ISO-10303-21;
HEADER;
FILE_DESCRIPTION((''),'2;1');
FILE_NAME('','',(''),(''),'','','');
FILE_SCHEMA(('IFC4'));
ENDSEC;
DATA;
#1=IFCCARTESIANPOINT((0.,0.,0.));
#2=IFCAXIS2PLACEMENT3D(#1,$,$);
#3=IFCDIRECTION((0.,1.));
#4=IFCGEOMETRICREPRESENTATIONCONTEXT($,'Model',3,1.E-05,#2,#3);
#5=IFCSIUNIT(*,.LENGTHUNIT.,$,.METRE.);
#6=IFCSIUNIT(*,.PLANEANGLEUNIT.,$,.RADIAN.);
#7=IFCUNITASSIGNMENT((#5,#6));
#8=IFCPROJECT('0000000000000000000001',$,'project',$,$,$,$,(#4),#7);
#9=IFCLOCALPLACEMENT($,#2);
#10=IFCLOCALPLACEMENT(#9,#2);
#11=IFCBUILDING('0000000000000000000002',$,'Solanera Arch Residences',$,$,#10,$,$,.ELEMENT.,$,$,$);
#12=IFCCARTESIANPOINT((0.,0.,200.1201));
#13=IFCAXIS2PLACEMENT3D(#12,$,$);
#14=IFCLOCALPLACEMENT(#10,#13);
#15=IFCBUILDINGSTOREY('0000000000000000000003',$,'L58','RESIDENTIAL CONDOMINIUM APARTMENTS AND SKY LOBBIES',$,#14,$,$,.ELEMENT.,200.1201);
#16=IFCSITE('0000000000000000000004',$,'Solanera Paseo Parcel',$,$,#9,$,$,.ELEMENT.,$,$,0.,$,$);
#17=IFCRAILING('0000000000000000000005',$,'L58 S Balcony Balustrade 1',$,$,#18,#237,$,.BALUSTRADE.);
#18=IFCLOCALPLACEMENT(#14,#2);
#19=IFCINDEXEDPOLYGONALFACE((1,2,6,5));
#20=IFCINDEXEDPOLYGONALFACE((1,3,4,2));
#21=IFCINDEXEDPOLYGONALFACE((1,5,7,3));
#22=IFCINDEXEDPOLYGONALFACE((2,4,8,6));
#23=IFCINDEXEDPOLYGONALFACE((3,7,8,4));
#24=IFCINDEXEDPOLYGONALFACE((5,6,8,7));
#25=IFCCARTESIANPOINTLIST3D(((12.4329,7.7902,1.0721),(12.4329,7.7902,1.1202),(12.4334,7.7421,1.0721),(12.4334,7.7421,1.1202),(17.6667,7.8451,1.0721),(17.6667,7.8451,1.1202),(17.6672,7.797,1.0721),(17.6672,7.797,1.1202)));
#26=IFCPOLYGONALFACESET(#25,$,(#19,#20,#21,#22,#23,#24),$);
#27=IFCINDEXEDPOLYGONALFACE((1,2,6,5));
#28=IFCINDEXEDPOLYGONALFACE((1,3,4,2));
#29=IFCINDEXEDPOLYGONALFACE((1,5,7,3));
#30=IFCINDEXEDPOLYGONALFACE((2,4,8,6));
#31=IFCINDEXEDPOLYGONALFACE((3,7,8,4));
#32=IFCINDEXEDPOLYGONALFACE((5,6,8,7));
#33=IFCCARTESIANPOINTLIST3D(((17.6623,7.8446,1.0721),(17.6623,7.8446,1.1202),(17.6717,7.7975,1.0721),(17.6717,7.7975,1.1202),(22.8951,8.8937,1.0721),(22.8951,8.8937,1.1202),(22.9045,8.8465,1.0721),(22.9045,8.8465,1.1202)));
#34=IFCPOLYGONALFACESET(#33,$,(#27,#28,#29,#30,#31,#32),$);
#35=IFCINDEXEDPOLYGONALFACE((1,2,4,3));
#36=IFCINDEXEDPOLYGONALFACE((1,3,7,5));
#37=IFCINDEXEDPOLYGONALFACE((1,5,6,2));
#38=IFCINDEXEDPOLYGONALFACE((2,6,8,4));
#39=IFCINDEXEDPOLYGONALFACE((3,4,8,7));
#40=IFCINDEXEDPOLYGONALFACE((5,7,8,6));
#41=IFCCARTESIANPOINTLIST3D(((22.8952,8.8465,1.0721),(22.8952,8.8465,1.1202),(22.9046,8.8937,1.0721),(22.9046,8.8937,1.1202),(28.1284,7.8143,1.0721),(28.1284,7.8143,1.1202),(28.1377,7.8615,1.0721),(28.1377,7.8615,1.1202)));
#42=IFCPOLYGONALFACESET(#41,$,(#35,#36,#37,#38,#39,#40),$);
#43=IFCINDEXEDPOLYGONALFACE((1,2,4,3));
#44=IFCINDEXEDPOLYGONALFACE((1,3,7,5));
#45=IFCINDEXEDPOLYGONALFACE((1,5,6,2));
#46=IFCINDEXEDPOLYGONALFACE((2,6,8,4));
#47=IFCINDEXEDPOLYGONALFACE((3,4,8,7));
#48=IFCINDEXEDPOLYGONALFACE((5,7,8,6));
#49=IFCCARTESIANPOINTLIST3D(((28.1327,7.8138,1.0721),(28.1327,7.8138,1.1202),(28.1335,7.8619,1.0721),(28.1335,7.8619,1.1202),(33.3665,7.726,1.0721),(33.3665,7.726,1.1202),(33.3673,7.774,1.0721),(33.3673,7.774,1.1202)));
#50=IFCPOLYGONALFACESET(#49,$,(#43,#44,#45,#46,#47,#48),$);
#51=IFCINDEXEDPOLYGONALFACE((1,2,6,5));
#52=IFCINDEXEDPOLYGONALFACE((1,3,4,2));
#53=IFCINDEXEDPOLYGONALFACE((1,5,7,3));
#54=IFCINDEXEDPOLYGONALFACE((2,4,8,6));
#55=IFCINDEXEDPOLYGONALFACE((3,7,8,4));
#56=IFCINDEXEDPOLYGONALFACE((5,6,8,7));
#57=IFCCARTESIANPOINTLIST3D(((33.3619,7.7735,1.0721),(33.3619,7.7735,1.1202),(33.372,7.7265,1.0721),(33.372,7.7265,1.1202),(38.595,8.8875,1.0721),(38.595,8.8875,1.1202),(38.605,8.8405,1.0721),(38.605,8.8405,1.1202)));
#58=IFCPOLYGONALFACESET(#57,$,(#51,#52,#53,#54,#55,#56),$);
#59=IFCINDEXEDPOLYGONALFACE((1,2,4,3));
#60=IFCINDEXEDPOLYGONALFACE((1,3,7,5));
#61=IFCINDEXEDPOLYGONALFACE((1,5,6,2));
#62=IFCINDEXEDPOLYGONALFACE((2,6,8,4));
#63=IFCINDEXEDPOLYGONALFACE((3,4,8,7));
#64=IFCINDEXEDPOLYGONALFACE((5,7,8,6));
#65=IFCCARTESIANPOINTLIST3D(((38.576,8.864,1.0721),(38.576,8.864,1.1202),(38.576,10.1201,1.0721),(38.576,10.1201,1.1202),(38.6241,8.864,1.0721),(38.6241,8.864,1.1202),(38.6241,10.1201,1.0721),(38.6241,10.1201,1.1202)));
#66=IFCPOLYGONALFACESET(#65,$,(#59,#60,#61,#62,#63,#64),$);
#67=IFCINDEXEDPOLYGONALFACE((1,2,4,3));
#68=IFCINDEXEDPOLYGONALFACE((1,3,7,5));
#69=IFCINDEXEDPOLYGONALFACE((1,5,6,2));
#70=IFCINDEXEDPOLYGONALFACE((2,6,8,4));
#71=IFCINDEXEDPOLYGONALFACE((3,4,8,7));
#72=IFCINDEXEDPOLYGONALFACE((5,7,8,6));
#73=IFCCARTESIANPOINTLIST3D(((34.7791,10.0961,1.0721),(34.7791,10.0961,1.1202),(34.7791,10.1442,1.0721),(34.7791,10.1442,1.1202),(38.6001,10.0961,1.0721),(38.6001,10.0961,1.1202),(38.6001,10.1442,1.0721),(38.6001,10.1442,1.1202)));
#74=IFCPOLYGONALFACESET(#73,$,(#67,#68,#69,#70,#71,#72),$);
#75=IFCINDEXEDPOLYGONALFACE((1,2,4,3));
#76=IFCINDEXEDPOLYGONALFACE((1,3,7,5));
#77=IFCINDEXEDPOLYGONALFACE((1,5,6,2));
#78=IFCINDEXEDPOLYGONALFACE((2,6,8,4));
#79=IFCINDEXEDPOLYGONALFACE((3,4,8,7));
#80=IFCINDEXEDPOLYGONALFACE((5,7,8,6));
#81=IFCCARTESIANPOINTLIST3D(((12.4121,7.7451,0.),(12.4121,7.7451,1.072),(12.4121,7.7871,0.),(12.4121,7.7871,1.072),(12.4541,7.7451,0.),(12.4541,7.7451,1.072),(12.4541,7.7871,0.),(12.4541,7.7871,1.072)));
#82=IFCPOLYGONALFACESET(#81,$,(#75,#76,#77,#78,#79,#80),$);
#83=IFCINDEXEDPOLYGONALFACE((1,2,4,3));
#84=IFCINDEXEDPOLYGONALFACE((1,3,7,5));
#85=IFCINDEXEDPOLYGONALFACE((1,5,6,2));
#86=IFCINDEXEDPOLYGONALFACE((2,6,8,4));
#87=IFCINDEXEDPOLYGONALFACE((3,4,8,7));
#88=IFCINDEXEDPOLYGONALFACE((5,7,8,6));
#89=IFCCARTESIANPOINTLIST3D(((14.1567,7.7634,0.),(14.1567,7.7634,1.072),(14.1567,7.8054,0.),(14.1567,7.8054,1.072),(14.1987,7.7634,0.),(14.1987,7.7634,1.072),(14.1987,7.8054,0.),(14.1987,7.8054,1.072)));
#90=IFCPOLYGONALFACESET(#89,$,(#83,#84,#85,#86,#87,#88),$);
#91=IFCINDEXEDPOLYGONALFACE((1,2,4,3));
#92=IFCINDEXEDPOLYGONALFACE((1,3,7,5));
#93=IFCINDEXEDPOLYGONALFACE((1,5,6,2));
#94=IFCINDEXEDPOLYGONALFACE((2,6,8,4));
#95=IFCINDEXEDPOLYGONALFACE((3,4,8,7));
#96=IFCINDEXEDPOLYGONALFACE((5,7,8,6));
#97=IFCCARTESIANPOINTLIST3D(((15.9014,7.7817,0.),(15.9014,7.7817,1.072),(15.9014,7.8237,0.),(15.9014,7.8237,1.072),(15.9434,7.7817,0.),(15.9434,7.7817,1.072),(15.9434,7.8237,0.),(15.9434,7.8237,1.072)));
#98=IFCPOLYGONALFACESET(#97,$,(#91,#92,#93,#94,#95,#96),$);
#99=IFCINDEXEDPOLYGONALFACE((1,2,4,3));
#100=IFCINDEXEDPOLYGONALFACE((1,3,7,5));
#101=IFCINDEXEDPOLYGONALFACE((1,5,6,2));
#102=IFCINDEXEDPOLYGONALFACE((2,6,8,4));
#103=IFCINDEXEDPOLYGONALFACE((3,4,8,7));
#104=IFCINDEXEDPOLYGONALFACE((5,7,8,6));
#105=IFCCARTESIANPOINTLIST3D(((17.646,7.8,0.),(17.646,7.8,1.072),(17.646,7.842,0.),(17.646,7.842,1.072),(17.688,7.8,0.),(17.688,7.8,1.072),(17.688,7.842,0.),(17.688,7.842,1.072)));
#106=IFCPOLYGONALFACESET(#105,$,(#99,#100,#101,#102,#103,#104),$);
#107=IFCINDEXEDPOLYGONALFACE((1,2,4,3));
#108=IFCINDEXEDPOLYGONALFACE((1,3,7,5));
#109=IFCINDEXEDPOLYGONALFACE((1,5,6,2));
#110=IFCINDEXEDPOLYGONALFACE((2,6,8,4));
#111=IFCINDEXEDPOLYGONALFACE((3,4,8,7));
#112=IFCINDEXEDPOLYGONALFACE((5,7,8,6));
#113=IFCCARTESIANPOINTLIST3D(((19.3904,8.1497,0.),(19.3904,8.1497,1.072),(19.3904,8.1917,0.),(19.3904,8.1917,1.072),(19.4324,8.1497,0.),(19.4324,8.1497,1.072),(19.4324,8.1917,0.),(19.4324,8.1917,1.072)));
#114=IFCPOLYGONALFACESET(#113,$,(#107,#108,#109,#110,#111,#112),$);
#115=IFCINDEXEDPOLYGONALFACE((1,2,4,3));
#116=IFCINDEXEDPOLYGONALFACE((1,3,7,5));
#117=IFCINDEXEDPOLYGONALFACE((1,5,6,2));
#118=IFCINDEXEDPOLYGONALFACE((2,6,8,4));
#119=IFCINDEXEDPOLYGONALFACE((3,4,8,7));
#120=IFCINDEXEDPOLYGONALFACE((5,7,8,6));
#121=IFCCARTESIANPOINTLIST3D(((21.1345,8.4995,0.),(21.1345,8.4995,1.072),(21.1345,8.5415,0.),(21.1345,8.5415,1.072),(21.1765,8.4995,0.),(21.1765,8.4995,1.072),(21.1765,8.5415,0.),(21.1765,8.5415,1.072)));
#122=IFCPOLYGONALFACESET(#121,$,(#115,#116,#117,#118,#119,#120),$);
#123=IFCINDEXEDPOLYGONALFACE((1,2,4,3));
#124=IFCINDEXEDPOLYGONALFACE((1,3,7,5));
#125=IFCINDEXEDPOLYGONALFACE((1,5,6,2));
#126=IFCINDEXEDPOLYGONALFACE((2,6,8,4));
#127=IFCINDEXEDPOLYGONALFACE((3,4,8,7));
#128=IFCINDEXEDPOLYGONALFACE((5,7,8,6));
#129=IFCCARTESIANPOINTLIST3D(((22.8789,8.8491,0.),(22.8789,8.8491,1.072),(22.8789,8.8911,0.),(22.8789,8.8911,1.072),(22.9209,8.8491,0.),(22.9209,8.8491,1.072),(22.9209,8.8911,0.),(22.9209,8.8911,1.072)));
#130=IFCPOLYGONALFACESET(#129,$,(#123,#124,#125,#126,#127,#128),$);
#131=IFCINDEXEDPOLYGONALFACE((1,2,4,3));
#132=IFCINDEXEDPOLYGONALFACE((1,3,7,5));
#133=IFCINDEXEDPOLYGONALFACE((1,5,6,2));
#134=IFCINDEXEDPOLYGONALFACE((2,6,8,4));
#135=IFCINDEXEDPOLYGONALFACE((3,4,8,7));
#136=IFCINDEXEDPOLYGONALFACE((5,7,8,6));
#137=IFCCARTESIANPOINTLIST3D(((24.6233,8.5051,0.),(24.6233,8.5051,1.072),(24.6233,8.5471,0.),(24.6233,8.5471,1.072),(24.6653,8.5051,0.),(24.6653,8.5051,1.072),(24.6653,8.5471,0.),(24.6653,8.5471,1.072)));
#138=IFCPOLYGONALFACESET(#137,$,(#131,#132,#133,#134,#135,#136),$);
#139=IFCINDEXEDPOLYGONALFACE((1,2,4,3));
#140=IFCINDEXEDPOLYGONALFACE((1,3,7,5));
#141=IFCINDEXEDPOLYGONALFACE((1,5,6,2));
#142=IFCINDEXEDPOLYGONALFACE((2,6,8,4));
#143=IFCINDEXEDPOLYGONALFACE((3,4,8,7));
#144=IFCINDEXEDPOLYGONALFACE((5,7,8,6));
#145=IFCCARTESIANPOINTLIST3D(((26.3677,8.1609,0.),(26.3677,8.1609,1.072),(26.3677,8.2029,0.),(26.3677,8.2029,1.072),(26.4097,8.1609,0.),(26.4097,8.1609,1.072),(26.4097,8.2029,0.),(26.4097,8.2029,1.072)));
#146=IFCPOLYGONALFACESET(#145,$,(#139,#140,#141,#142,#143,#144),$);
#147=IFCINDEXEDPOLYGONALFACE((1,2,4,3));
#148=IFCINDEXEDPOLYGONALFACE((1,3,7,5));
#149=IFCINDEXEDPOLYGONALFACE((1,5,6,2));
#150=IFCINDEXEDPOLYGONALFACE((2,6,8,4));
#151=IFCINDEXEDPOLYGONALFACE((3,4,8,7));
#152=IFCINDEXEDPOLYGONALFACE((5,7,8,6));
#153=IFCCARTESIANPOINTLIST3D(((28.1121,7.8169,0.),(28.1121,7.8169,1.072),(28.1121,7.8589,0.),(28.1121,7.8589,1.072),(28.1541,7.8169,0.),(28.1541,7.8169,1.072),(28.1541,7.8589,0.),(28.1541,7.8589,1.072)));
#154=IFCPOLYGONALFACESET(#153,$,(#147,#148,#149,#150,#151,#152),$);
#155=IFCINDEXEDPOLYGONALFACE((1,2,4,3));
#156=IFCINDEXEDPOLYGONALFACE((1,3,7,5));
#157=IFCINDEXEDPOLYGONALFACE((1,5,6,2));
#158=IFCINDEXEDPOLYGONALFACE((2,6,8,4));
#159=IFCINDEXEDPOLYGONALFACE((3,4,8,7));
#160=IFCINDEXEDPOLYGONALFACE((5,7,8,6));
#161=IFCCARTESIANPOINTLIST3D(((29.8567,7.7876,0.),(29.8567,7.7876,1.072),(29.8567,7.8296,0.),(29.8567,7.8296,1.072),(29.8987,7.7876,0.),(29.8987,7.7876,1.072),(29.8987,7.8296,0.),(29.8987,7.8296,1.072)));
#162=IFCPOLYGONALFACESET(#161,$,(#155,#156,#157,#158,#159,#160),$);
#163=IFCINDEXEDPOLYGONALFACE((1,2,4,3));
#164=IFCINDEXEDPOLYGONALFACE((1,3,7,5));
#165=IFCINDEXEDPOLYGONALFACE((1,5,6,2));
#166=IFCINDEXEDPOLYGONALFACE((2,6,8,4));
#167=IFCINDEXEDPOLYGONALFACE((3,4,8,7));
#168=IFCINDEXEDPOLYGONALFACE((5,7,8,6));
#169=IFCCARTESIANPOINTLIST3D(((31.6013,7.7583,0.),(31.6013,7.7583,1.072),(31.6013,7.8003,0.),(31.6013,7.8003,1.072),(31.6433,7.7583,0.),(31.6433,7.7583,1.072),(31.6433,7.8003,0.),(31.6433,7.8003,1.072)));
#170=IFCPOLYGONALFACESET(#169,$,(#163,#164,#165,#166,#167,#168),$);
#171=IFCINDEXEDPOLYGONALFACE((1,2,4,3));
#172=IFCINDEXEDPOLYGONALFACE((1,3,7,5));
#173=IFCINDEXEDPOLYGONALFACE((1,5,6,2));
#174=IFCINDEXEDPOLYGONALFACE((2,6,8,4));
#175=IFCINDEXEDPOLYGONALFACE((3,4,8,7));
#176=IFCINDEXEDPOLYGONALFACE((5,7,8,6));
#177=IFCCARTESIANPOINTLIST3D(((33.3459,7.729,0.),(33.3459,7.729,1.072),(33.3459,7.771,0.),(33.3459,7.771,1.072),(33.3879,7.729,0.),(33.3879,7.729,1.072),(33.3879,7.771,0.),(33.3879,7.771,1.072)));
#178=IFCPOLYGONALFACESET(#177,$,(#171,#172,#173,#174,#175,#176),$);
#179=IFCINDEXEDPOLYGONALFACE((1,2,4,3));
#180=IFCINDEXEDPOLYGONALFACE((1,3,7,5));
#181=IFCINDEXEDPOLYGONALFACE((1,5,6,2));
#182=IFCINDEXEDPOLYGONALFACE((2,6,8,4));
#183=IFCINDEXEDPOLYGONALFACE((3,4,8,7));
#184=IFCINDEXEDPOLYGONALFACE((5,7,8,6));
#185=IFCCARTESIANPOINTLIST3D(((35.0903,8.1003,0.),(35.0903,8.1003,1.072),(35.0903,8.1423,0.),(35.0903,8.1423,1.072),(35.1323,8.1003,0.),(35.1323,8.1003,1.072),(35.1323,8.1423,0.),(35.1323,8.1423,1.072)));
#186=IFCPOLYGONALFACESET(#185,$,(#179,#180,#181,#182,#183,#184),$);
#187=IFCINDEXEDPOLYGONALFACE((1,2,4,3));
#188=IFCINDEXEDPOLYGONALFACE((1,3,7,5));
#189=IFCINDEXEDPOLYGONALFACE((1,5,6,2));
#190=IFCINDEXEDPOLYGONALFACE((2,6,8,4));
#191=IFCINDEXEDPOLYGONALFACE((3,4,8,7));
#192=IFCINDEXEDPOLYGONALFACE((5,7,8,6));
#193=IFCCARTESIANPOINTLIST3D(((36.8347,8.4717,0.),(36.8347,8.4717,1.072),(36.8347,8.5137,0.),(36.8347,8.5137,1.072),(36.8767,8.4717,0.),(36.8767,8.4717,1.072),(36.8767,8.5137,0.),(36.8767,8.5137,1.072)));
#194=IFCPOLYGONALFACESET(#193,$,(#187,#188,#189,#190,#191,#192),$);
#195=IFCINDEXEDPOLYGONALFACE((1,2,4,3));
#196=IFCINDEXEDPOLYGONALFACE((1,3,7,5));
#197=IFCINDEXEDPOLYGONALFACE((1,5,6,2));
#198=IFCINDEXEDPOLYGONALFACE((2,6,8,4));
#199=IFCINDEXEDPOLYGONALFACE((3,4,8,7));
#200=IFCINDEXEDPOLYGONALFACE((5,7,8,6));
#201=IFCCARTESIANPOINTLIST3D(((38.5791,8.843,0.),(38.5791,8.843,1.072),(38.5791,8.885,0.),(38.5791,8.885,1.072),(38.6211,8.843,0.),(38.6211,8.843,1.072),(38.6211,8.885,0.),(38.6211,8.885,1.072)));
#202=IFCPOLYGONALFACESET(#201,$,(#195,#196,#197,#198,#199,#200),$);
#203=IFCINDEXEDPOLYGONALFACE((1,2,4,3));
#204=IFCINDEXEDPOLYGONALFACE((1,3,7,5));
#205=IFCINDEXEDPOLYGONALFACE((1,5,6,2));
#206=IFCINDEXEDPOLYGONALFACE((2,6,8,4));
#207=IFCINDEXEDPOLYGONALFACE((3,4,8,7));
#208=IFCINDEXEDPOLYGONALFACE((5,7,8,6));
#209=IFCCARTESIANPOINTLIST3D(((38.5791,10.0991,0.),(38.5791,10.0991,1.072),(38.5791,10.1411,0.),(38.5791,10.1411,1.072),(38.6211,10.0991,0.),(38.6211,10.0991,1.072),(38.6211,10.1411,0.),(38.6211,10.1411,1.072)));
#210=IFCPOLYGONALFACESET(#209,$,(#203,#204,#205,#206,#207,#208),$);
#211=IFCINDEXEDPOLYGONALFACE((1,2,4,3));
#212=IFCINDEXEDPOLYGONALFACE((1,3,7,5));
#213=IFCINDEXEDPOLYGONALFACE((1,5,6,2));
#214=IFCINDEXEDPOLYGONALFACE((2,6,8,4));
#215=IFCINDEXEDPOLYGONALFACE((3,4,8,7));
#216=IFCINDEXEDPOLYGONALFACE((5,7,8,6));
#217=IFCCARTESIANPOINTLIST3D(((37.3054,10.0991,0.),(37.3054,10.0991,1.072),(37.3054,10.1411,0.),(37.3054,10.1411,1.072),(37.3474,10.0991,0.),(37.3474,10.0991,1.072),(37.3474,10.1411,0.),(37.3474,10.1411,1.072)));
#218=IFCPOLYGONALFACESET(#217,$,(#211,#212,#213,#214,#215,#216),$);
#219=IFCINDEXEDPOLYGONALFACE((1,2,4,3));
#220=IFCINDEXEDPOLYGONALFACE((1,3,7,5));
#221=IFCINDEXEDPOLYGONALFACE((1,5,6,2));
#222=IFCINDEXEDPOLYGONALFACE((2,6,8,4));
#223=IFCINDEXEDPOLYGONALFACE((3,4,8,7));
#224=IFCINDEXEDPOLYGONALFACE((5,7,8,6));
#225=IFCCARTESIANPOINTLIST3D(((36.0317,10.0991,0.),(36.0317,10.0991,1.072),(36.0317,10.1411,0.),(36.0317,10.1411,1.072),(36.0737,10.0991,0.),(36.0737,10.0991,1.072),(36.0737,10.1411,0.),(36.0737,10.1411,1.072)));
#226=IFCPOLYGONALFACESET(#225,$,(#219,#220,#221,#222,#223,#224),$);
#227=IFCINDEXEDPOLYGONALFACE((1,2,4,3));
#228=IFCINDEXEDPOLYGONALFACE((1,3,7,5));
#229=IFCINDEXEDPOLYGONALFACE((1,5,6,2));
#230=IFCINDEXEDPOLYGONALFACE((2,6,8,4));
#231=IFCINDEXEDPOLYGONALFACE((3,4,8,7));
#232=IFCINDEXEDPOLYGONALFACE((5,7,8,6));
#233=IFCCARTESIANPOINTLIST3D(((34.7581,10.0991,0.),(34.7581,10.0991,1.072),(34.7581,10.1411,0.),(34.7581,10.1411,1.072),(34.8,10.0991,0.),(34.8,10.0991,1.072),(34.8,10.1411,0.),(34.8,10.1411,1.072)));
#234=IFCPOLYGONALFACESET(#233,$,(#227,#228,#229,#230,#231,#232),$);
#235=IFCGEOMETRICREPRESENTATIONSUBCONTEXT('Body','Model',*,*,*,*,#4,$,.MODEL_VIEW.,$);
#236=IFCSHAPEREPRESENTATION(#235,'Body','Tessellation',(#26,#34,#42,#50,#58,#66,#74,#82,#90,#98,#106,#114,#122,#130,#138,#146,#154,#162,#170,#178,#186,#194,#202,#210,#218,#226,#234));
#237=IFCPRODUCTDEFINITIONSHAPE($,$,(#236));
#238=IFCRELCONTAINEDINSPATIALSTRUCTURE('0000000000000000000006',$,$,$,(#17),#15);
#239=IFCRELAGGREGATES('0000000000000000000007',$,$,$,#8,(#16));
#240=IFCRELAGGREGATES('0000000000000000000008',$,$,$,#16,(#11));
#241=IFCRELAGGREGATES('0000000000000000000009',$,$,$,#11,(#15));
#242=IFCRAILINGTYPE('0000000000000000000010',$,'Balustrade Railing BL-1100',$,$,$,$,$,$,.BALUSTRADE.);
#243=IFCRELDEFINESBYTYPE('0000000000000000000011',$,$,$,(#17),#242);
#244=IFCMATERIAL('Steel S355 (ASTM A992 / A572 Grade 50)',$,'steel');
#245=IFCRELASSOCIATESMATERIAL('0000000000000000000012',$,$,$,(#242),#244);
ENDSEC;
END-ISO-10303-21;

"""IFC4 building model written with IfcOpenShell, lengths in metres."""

from ifc_helpers import new_model, si_unit, direction, frame, origin, origin_2d, place, context, subcontext, project, spatial, rectangle, extrude, material, type_object, element, save


model = new_model("IFC4")

# Units and contexts
model_context = context("Model", 3, precision=1e-05, world=origin(), true_north=direction((0.0, 1.0)))
body_context = subcontext(model_context, "Body", "Model", "MODEL_VIEW")
ifc_project = project(units=[si_unit("LENGTHUNIT", "METRE"), si_unit("PLANEANGLEUNIT", "RADIAN")], contexts=[model_context])

# Site, building, storey
site_placement = place(None, origin())
site = spatial("IfcSite", under=ifc_project, at=site_placement, Name="Solanera Paseo Parcel", CompositionType="ELEMENT", RefElevation=0.0)
building_placement = place(site_placement, origin())
building = spatial("IfcBuilding", under=site, at=building_placement, Name="Solanera Arch Residences", CompositionType="ELEMENT")
storey_placement = place(building_placement, frame((0.0, 0.0, 200.1201)))
storey = spatial("IfcBuildingStorey", under=building, at=storey_placement, Name="L58", Description="RESIDENTIAL CONDOMINIUM APARTMENTS AND SKY LOBBIES", CompositionType="ELEMENT", Elevation=200.1201)

# Railing
ifc_material_1 = material(Name="Steel S355 (ASTM A992 / A572 Grade 50)", Category="steel")
railing_type = type_object("IfcRailingType", Name="Balustrade Railing BL-1100", PredefinedType="BALUSTRADE", material=ifc_material_1)
railing_placement = place(storey_placement, frame((12.4331, 7.7661, 0.0)))
element("IfcRailing", 1, at=railing_placement, inside=storey, type_object=railing_type, Name="L58 S Balcony Balustrade 1", PredefinedType="BALUSTRADE", context=body_context, shape_type="SweptSolid", body=[
    extrude(rectangle(XDim=0.0481, YDim=0.0481, at=origin_2d()), frame((0.0, 0.0, 1.0962), z_axis=(0.999945, 0.010495, 0.0), x_axis=(-0.010495, 0.999945, 0.0)), (0.0, 0.0, 1.0), 5.2341),
    extrude(rectangle(XDim=0.0481, YDim=0.0481, at=origin_2d()), frame((5.2339, 0.0549, 1.0962), z_axis=(0.980491, 0.196565, 0.0), x_axis=(-0.196565, 0.980491, 0.0)), (0.0, 0.0, 1.0), 5.3369),
    extrude(rectangle(XDim=0.0481, YDim=0.0481, at=origin_2d()), frame((10.4668, 1.104, 1.0962), z_axis=(0.981097, -0.193519, 0.0), x_axis=(0.193519, 0.981097, 0.0)), (0.0, 0.0, 1.0), 5.334),
    extrude(rectangle(XDim=0.0481, YDim=0.0481, at=origin_2d()), frame((15.7, 0.0718, 1.0962), z_axis=(0.999859, -0.01679, 0.0), x_axis=(0.01679, 0.999859, 0.0)), (0.0, 0.0, 1.0), 5.2346),
    extrude(rectangle(XDim=0.0481, YDim=0.0481, at=origin_2d()), frame((20.9338, -0.0161, 1.0962), z_axis=(0.978084, 0.208211, 0.0), x_axis=(-0.208211, 0.978084, 0.0)), (0.0, 0.0, 1.0), 5.3503),
    extrude(rectangle(XDim=0.0481, YDim=0.0481, at=origin_2d()), frame((26.167, 1.0979, 1.0962), z_axis=(0.0, 1.0, 0.0), x_axis=(-1.0, 0.0, 0.0)), (0.0, 0.0, 1.0), 1.2561),
    extrude(rectangle(XDim=0.0481, YDim=0.0481, at=origin_2d()), frame((26.167, 2.354, 1.0962), z_axis=(-1.0, 0.0, 0.0), x_axis=(0.0, -1.0, 0.0)), (0.0, 0.0, 1.0), 3.821),
    extrude(rectangle(XDim=0.042, YDim=0.042, at=origin_2d()), origin(), (0.0, 0.0, 1.0), 1.072),
    extrude(rectangle(XDim=0.042, YDim=0.042, at=origin_2d()), frame((1.7446, 0.0183, 0.0)), (0.0, 0.0, 1.0), 1.072),
    extrude(rectangle(XDim=0.042, YDim=0.042, at=origin_2d()), frame((3.4893, 0.0366, 0.0)), (0.0, 0.0, 1.0), 1.072),
    extrude(rectangle(XDim=0.042, YDim=0.042, at=origin_2d()), frame((5.2339, 0.0549, 0.0)), (0.0, 0.0, 1.0), 1.072),
    extrude(rectangle(XDim=0.042, YDim=0.042, at=origin_2d()), frame((6.9783, 0.4045, 0.0)), (0.0, 0.0, 1.0), 1.072),
    extrude(rectangle(XDim=0.042, YDim=0.042, at=origin_2d()), frame((8.7224, 0.7544, 0.0)), (0.0, 0.0, 1.0), 1.072),
    extrude(rectangle(XDim=0.042, YDim=0.042, at=origin_2d()), frame((10.4668, 1.104, 0.0)), (0.0, 0.0, 1.0), 1.072),
    extrude(rectangle(XDim=0.042, YDim=0.042, at=origin_2d()), frame((12.2112, 0.76, 0.0)), (0.0, 0.0, 1.0), 1.072),
    extrude(rectangle(XDim=0.042, YDim=0.042, at=origin_2d()), frame((13.9556, 0.4158, 0.0)), (0.0, 0.0, 1.0), 1.072),
    extrude(rectangle(XDim=0.042, YDim=0.042, at=origin_2d()), frame((15.7, 0.0718, 0.0)), (0.0, 0.0, 1.0), 1.072),
    extrude(rectangle(XDim=0.042, YDim=0.042, at=origin_2d()), frame((17.4446, 0.0425, 0.0)), (0.0, 0.0, 1.0), 1.072),
    extrude(rectangle(XDim=0.042, YDim=0.042, at=origin_2d()), frame((19.1892, 0.0132, 0.0)), (0.0, 0.0, 1.0), 1.072),
    extrude(rectangle(XDim=0.042, YDim=0.042, at=origin_2d()), frame((20.9338, -0.0161, 0.0)), (0.0, 0.0, 1.0), 1.072),
    extrude(rectangle(XDim=0.042, YDim=0.042, at=origin_2d()), frame((22.6782, 0.3552, 0.0)), (0.0, 0.0, 1.0), 1.072),
    extrude(rectangle(XDim=0.042, YDim=0.042, at=origin_2d()), frame((24.4226, 0.7266, 0.0)), (0.0, 0.0, 1.0), 1.072),
    extrude(rectangle(XDim=0.042, YDim=0.042, at=origin_2d()), frame((26.167, 1.0979, 0.0)), (0.0, 0.0, 1.0), 1.072),
    extrude(rectangle(XDim=0.042, YDim=0.042, at=origin_2d()), frame((26.167, 2.354, 0.0)), (0.0, 0.0, 1.0), 1.072),
    extrude(rectangle(XDim=0.042, YDim=0.042, at=origin_2d()), frame((24.8933, 2.354, 0.0)), (0.0, 0.0, 1.0), 1.072),
    extrude(rectangle(XDim=0.042, YDim=0.042, at=origin_2d()), frame((23.6196, 2.354, 0.0)), (0.0, 0.0, 1.0), 1.072),
    extrude(rectangle(XDim=0.042, YDim=0.042, at=origin_2d()), frame((22.3459, 2.354, 0.0)), (0.0, 0.0, 1.0), 1.072),
])

save(model, "model.ifc")
